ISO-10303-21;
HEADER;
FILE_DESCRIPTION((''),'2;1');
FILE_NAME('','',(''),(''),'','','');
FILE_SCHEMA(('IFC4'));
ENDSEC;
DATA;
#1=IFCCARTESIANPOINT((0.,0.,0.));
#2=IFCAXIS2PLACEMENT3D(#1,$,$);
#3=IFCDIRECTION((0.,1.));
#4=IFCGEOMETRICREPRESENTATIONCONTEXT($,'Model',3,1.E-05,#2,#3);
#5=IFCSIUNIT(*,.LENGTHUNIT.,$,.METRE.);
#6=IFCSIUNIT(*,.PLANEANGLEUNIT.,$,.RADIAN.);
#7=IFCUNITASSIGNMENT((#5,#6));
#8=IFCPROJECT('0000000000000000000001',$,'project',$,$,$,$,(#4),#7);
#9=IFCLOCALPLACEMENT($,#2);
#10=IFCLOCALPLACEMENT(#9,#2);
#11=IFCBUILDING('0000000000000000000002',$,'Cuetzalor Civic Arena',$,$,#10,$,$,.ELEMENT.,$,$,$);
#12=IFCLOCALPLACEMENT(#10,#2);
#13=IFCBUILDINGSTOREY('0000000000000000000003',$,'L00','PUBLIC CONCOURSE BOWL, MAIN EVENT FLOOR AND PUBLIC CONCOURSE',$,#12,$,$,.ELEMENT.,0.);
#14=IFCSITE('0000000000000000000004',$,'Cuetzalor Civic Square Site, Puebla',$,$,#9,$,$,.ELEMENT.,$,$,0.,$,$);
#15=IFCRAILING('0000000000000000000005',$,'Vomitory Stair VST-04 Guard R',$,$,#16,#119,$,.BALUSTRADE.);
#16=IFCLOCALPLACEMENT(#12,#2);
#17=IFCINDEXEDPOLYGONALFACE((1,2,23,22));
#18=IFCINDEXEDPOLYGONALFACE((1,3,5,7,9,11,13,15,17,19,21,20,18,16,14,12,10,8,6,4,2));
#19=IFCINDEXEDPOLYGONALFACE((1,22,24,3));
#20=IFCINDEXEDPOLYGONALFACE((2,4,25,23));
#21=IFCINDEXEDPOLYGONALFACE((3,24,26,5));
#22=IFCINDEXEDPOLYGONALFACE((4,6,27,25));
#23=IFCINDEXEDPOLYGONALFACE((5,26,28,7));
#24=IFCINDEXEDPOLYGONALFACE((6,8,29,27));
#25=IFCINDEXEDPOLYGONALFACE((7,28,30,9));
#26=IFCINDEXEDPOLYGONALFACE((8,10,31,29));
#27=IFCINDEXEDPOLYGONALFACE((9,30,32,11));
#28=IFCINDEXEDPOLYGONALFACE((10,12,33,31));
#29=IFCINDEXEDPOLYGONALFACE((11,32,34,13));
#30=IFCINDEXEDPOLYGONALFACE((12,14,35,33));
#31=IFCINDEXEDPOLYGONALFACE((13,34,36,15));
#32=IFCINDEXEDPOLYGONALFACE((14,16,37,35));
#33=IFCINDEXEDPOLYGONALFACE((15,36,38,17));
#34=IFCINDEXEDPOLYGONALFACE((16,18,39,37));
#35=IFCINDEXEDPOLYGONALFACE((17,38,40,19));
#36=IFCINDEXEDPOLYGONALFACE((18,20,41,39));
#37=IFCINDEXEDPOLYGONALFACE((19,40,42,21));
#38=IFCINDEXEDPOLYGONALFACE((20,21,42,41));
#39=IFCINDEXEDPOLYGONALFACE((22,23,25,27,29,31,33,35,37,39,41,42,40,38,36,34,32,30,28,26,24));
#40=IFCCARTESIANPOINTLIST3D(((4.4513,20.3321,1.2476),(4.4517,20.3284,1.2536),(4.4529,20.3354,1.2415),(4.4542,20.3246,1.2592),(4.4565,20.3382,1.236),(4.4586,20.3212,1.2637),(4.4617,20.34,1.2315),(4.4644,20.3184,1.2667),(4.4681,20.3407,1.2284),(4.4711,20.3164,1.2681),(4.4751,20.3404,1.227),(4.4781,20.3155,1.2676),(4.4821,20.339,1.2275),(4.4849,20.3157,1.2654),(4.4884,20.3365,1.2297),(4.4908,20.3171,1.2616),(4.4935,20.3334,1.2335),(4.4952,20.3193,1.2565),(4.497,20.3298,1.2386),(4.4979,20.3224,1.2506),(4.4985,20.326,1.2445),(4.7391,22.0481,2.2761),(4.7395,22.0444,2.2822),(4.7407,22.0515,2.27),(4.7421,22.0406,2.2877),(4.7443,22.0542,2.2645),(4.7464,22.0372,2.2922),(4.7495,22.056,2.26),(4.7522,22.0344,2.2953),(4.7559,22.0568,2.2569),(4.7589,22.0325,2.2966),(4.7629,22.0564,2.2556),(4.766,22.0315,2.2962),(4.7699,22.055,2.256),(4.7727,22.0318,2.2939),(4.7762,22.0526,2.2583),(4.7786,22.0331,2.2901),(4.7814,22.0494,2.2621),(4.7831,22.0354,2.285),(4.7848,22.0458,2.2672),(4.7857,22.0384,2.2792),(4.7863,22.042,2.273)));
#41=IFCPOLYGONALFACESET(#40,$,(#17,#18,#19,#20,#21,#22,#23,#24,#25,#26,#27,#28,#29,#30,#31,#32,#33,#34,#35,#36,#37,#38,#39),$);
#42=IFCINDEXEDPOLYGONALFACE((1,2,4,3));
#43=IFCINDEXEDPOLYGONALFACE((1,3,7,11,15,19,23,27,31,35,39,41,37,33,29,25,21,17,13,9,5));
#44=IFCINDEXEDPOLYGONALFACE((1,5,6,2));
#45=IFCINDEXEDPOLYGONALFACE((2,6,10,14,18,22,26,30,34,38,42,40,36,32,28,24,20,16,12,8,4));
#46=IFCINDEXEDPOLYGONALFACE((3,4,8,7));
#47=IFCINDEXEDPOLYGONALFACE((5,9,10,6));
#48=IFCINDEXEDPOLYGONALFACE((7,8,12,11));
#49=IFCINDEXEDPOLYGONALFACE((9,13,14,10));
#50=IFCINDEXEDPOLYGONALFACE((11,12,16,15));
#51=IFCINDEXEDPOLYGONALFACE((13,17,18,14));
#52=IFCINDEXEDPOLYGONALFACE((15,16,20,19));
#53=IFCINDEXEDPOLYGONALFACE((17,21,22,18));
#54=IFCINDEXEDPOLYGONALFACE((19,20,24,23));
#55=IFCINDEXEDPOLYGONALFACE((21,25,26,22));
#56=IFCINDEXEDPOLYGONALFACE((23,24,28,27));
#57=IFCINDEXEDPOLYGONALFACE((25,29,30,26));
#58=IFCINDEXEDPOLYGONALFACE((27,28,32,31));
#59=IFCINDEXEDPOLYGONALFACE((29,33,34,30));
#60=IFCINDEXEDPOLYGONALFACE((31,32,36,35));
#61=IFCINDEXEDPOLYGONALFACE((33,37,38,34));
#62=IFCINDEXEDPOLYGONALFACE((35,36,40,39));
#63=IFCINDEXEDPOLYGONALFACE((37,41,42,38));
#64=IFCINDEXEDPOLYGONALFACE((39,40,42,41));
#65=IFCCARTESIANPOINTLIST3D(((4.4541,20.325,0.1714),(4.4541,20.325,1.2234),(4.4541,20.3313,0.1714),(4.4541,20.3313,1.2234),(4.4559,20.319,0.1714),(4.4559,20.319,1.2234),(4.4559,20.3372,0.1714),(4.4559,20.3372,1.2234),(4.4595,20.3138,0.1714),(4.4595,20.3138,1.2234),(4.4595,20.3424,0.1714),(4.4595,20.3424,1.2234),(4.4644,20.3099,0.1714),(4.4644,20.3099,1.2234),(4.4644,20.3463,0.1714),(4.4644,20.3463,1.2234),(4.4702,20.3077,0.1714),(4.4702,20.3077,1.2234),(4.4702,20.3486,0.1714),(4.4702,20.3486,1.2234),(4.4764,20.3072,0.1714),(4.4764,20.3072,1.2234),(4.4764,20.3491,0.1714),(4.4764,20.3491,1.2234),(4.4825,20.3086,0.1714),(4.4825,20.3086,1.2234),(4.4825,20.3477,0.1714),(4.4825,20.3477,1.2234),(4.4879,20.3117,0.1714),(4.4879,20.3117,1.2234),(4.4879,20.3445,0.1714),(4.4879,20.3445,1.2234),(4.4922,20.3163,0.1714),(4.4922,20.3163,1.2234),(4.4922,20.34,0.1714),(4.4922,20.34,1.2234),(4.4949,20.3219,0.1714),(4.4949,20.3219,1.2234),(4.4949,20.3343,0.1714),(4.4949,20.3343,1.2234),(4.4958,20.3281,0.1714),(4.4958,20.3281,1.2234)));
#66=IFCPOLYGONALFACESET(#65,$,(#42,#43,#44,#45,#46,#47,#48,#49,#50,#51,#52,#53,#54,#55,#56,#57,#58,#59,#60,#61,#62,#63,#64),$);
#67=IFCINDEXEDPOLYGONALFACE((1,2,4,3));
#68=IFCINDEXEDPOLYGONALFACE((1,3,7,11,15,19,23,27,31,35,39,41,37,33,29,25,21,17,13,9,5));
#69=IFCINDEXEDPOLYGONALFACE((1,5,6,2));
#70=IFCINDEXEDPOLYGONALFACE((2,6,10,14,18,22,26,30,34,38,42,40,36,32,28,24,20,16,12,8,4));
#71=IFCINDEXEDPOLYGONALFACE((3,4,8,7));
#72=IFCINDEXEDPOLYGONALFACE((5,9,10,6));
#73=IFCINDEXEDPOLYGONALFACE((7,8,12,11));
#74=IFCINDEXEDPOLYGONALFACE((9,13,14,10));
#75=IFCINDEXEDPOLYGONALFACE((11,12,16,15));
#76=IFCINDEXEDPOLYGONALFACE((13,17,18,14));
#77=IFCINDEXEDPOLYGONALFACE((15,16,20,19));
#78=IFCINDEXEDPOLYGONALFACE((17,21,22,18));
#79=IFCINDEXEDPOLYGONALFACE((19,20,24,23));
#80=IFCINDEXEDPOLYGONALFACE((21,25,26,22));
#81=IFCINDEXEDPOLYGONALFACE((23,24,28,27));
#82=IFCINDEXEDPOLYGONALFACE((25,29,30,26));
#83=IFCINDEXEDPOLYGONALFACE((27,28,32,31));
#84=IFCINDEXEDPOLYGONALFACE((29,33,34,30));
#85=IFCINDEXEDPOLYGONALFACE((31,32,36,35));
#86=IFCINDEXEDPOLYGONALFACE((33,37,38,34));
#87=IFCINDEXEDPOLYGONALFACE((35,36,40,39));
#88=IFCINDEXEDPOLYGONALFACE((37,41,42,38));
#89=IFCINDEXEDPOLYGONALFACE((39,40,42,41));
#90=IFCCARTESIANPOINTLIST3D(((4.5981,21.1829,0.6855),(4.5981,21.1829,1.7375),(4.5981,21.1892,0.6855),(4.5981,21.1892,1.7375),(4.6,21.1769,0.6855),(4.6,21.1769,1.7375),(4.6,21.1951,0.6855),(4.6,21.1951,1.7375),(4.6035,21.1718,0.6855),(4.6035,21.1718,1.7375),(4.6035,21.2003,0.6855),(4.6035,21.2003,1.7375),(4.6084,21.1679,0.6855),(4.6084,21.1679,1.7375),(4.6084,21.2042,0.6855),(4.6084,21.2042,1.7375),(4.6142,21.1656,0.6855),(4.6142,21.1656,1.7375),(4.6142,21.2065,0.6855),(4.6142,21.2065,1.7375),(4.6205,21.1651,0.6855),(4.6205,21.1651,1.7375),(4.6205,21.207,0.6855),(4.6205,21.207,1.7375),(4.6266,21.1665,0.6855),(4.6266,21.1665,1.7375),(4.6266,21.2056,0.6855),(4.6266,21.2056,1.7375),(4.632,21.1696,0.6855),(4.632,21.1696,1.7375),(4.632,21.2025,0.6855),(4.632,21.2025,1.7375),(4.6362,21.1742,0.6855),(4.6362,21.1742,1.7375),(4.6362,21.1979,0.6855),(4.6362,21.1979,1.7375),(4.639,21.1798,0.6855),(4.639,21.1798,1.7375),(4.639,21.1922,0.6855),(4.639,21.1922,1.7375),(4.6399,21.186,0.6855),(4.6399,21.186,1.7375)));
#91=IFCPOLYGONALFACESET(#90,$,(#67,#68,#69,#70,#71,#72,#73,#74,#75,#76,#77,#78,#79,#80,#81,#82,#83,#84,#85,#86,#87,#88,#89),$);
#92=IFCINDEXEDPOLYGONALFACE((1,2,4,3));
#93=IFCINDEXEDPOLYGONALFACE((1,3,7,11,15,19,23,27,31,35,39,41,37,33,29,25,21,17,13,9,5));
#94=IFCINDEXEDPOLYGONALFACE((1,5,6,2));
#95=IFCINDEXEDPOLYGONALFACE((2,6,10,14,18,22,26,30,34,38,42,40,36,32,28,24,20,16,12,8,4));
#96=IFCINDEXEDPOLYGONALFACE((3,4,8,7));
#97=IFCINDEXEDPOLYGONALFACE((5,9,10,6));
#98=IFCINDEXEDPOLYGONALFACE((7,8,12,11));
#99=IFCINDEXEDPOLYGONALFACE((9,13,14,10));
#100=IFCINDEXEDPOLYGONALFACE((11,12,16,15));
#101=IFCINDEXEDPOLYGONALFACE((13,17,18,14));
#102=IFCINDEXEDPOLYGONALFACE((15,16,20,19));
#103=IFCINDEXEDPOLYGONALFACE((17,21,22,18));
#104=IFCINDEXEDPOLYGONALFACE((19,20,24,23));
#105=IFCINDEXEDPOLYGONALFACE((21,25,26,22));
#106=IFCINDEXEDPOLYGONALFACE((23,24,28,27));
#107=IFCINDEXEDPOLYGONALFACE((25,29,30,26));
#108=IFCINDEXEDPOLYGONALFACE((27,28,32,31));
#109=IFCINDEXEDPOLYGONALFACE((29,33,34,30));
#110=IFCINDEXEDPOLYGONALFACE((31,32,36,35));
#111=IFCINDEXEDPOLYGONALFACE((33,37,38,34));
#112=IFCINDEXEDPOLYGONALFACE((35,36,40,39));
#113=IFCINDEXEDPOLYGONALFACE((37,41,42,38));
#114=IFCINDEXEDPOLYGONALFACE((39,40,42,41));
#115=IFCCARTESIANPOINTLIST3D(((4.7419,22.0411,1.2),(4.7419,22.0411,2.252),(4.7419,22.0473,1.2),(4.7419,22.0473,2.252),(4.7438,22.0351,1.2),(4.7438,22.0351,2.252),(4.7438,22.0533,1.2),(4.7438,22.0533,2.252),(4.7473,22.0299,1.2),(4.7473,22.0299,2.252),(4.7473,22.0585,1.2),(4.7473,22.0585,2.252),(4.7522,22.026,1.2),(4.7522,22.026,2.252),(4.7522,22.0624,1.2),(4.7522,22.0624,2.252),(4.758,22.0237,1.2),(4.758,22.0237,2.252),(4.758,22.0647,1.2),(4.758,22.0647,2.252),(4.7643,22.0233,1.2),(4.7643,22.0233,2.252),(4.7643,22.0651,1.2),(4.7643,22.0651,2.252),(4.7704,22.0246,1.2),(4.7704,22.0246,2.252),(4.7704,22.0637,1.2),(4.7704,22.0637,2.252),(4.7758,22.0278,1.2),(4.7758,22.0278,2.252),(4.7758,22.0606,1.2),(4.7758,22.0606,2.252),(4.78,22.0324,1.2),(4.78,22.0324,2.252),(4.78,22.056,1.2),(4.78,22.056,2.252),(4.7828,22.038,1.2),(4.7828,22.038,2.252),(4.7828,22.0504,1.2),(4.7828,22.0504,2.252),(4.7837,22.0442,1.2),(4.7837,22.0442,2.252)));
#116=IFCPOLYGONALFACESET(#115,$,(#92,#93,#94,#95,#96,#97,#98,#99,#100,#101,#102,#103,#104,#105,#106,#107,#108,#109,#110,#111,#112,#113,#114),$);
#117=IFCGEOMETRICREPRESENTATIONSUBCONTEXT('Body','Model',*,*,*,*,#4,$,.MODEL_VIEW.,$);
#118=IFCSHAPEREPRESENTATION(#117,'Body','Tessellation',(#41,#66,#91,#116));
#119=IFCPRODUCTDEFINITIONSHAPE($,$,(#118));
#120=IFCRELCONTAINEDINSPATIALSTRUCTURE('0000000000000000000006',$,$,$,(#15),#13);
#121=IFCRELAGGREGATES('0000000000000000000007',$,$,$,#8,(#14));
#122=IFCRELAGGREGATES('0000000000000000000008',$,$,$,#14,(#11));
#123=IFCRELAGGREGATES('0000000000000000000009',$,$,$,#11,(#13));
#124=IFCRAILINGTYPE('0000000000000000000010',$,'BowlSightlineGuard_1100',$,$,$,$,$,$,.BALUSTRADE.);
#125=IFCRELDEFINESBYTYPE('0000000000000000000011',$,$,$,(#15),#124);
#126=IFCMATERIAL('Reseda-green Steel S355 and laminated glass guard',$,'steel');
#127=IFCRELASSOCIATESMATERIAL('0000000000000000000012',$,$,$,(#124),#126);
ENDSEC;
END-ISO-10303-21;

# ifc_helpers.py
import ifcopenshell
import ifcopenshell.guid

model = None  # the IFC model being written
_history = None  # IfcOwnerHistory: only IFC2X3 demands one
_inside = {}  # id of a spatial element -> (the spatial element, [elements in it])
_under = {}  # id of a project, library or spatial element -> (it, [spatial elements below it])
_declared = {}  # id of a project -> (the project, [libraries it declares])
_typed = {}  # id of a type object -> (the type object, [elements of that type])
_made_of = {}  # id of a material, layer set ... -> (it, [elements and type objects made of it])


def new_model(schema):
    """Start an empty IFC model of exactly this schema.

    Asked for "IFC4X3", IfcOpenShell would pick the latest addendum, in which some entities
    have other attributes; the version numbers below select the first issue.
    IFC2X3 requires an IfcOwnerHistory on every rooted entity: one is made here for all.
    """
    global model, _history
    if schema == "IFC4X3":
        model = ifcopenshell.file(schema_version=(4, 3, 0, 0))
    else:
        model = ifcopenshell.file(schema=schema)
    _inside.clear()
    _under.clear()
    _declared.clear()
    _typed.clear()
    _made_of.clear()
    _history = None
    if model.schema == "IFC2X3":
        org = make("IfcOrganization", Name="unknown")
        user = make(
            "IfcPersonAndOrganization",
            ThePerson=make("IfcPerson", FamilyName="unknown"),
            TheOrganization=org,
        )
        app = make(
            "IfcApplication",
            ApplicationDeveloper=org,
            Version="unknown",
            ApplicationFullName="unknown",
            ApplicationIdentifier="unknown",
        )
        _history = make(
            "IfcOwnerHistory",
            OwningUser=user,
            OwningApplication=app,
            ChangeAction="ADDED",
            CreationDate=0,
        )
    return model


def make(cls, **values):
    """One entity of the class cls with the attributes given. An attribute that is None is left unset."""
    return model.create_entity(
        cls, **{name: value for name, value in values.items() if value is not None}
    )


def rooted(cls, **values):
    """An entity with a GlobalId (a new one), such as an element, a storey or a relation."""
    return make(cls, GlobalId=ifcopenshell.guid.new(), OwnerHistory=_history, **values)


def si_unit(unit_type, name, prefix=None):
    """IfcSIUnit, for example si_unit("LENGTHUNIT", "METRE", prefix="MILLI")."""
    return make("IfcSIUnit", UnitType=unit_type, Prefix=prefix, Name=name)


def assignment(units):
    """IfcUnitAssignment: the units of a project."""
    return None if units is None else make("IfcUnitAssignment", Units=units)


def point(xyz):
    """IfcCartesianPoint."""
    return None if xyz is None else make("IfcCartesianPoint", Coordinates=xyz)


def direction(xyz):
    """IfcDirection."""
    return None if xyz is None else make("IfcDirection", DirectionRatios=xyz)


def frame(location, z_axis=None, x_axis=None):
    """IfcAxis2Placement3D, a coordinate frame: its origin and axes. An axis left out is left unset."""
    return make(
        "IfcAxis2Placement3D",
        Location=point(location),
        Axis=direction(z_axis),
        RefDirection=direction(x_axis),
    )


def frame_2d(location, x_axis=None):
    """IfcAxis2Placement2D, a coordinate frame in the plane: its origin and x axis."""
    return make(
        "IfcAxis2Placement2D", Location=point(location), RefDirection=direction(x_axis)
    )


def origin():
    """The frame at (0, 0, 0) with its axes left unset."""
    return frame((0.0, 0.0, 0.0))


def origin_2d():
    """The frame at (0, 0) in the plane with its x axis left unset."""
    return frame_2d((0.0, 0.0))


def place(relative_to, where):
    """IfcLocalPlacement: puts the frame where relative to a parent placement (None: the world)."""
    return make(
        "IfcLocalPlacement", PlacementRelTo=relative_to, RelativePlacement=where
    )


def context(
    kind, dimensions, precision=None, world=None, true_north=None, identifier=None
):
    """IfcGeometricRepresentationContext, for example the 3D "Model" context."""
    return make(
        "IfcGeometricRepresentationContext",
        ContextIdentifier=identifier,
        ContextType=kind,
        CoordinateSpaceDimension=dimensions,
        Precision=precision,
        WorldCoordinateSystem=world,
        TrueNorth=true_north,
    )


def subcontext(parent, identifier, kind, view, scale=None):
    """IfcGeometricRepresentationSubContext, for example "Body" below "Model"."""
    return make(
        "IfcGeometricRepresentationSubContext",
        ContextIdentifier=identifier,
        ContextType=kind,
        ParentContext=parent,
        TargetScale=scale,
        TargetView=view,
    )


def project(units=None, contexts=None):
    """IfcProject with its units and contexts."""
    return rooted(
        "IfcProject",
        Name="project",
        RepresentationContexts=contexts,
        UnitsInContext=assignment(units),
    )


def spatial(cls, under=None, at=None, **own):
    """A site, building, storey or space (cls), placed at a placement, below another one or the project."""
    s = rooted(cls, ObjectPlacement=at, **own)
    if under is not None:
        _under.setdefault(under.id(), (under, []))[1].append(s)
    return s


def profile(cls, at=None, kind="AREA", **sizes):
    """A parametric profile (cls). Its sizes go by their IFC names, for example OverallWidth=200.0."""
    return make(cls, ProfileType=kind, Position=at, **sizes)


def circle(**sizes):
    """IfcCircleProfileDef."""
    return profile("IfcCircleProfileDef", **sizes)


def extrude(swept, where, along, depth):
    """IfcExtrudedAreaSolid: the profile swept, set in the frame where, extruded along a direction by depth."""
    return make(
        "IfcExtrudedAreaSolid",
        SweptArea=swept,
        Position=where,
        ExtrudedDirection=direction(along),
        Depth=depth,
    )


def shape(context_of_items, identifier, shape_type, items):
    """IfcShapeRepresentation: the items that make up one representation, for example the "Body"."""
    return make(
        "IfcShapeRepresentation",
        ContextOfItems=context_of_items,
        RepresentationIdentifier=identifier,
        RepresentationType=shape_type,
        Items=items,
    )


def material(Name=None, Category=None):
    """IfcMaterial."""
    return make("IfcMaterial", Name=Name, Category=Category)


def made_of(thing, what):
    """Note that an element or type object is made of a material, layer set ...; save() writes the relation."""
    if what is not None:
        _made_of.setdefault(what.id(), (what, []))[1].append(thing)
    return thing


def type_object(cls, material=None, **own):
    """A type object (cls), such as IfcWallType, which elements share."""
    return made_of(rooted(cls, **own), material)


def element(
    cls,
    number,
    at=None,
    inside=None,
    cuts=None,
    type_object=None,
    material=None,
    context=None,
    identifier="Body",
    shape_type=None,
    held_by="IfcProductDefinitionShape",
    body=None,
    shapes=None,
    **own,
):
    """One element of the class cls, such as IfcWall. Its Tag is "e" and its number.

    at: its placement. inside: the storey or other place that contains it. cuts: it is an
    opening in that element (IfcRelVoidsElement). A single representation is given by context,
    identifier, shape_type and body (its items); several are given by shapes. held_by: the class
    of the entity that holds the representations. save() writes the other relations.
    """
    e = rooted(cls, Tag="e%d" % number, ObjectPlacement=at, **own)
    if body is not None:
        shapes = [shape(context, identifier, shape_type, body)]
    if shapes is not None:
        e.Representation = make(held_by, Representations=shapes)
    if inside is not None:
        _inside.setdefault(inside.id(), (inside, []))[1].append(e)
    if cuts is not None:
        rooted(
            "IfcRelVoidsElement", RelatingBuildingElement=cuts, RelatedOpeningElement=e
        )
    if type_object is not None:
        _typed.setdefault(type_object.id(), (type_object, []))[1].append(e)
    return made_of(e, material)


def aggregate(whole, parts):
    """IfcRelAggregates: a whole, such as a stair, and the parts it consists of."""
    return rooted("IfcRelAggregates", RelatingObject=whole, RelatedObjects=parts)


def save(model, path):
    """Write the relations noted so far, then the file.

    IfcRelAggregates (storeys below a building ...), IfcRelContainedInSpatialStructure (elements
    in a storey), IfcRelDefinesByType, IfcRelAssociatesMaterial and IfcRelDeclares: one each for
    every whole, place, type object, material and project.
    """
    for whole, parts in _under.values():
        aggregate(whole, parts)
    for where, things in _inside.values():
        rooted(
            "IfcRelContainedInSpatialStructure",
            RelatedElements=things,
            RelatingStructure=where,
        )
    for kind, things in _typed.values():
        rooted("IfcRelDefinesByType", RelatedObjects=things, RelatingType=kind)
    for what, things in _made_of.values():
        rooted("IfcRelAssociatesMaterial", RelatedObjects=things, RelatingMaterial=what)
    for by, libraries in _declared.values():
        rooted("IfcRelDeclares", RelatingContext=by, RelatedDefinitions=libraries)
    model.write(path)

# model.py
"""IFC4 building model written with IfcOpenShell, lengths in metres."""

from ifc_helpers import new_model, si_unit, direction, frame, origin, origin_2d, place, context, subcontext, project, spatial, circle, extrude, material, type_object, element, save


model = new_model("IFC4")

# Units and contexts
model_context = context("Model", 3, precision=1e-05, world=origin(), true_north=direction((0.0, 1.0)))
body_context = subcontext(model_context, "Body", "Model", "MODEL_VIEW")
ifc_project = project(units=[si_unit("LENGTHUNIT", "METRE"), si_unit("PLANEANGLEUNIT", "RADIAN")], contexts=[model_context])

# Site, building, storey
site_placement = place(None, origin())
site = spatial("IfcSite", under=ifc_project, at=site_placement, Name="Cuetzalor Civic Square Site, Puebla", CompositionType="ELEMENT", RefElevation=0.0)
building_placement = place(site_placement, origin())
building = spatial("IfcBuilding", under=site, at=building_placement, Name="Cuetzalor Civic Arena", CompositionType="ELEMENT")
storey_placement = place(building_placement, origin())
storey = spatial("IfcBuildingStorey", under=building, at=storey_placement, Name="L00", Description="PUBLIC CONCOURSE BOWL, MAIN EVENT FLOOR AND PUBLIC CONCOURSE", CompositionType="ELEMENT", Elevation=0.0)

# Railing
ifc_material_1 = material(Name="Reseda-green Steel S355 and laminated glass guard", Category="steel")
railing_type_1 = type_object("IfcRailingType", Name="BowlSightlineGuard_1100", PredefinedType="BALUSTRADE", material=ifc_material_1)
for number, where, name in (
    (1, (4.4749, 20.3281, 0.1714), "Vomitory Stair VST-04 Guard R"),
):
    element("IfcRailing", number, at=place(storey_placement, frame(where)), inside=storey, type_object=railing_type_1, Name=name, PredefinedType="BALUSTRADE", context=body_context, shape_type="SweptSolid", body=[
        extrude(circle(Radius=0.0239, at=origin_2d()), frame((0.0, 0.0, 1.0762), z_axis=(0.142404, 0.848988, 0.508862), x_axis=(-0.986223, 0.165423, 0.0)), (0.0, 0.0, 1.0), 2.0212),
        extrude(circle(Radius=0.021, at=origin_2d()), origin(), (0.0, 0.0, 1.0), 1.052),
        extrude(circle(Radius=0.021, at=origin_2d()), frame((0.144, 0.8579, 0.5142)), (0.0, 0.0, 1.0), 1.052),
        extrude(circle(Radius=0.021, at=origin_2d()), frame((0.2878, 1.7161, 1.0286)), (0.0, 0.0, 1.0), 1.052),
    ])

save(model, "model.ifc")
